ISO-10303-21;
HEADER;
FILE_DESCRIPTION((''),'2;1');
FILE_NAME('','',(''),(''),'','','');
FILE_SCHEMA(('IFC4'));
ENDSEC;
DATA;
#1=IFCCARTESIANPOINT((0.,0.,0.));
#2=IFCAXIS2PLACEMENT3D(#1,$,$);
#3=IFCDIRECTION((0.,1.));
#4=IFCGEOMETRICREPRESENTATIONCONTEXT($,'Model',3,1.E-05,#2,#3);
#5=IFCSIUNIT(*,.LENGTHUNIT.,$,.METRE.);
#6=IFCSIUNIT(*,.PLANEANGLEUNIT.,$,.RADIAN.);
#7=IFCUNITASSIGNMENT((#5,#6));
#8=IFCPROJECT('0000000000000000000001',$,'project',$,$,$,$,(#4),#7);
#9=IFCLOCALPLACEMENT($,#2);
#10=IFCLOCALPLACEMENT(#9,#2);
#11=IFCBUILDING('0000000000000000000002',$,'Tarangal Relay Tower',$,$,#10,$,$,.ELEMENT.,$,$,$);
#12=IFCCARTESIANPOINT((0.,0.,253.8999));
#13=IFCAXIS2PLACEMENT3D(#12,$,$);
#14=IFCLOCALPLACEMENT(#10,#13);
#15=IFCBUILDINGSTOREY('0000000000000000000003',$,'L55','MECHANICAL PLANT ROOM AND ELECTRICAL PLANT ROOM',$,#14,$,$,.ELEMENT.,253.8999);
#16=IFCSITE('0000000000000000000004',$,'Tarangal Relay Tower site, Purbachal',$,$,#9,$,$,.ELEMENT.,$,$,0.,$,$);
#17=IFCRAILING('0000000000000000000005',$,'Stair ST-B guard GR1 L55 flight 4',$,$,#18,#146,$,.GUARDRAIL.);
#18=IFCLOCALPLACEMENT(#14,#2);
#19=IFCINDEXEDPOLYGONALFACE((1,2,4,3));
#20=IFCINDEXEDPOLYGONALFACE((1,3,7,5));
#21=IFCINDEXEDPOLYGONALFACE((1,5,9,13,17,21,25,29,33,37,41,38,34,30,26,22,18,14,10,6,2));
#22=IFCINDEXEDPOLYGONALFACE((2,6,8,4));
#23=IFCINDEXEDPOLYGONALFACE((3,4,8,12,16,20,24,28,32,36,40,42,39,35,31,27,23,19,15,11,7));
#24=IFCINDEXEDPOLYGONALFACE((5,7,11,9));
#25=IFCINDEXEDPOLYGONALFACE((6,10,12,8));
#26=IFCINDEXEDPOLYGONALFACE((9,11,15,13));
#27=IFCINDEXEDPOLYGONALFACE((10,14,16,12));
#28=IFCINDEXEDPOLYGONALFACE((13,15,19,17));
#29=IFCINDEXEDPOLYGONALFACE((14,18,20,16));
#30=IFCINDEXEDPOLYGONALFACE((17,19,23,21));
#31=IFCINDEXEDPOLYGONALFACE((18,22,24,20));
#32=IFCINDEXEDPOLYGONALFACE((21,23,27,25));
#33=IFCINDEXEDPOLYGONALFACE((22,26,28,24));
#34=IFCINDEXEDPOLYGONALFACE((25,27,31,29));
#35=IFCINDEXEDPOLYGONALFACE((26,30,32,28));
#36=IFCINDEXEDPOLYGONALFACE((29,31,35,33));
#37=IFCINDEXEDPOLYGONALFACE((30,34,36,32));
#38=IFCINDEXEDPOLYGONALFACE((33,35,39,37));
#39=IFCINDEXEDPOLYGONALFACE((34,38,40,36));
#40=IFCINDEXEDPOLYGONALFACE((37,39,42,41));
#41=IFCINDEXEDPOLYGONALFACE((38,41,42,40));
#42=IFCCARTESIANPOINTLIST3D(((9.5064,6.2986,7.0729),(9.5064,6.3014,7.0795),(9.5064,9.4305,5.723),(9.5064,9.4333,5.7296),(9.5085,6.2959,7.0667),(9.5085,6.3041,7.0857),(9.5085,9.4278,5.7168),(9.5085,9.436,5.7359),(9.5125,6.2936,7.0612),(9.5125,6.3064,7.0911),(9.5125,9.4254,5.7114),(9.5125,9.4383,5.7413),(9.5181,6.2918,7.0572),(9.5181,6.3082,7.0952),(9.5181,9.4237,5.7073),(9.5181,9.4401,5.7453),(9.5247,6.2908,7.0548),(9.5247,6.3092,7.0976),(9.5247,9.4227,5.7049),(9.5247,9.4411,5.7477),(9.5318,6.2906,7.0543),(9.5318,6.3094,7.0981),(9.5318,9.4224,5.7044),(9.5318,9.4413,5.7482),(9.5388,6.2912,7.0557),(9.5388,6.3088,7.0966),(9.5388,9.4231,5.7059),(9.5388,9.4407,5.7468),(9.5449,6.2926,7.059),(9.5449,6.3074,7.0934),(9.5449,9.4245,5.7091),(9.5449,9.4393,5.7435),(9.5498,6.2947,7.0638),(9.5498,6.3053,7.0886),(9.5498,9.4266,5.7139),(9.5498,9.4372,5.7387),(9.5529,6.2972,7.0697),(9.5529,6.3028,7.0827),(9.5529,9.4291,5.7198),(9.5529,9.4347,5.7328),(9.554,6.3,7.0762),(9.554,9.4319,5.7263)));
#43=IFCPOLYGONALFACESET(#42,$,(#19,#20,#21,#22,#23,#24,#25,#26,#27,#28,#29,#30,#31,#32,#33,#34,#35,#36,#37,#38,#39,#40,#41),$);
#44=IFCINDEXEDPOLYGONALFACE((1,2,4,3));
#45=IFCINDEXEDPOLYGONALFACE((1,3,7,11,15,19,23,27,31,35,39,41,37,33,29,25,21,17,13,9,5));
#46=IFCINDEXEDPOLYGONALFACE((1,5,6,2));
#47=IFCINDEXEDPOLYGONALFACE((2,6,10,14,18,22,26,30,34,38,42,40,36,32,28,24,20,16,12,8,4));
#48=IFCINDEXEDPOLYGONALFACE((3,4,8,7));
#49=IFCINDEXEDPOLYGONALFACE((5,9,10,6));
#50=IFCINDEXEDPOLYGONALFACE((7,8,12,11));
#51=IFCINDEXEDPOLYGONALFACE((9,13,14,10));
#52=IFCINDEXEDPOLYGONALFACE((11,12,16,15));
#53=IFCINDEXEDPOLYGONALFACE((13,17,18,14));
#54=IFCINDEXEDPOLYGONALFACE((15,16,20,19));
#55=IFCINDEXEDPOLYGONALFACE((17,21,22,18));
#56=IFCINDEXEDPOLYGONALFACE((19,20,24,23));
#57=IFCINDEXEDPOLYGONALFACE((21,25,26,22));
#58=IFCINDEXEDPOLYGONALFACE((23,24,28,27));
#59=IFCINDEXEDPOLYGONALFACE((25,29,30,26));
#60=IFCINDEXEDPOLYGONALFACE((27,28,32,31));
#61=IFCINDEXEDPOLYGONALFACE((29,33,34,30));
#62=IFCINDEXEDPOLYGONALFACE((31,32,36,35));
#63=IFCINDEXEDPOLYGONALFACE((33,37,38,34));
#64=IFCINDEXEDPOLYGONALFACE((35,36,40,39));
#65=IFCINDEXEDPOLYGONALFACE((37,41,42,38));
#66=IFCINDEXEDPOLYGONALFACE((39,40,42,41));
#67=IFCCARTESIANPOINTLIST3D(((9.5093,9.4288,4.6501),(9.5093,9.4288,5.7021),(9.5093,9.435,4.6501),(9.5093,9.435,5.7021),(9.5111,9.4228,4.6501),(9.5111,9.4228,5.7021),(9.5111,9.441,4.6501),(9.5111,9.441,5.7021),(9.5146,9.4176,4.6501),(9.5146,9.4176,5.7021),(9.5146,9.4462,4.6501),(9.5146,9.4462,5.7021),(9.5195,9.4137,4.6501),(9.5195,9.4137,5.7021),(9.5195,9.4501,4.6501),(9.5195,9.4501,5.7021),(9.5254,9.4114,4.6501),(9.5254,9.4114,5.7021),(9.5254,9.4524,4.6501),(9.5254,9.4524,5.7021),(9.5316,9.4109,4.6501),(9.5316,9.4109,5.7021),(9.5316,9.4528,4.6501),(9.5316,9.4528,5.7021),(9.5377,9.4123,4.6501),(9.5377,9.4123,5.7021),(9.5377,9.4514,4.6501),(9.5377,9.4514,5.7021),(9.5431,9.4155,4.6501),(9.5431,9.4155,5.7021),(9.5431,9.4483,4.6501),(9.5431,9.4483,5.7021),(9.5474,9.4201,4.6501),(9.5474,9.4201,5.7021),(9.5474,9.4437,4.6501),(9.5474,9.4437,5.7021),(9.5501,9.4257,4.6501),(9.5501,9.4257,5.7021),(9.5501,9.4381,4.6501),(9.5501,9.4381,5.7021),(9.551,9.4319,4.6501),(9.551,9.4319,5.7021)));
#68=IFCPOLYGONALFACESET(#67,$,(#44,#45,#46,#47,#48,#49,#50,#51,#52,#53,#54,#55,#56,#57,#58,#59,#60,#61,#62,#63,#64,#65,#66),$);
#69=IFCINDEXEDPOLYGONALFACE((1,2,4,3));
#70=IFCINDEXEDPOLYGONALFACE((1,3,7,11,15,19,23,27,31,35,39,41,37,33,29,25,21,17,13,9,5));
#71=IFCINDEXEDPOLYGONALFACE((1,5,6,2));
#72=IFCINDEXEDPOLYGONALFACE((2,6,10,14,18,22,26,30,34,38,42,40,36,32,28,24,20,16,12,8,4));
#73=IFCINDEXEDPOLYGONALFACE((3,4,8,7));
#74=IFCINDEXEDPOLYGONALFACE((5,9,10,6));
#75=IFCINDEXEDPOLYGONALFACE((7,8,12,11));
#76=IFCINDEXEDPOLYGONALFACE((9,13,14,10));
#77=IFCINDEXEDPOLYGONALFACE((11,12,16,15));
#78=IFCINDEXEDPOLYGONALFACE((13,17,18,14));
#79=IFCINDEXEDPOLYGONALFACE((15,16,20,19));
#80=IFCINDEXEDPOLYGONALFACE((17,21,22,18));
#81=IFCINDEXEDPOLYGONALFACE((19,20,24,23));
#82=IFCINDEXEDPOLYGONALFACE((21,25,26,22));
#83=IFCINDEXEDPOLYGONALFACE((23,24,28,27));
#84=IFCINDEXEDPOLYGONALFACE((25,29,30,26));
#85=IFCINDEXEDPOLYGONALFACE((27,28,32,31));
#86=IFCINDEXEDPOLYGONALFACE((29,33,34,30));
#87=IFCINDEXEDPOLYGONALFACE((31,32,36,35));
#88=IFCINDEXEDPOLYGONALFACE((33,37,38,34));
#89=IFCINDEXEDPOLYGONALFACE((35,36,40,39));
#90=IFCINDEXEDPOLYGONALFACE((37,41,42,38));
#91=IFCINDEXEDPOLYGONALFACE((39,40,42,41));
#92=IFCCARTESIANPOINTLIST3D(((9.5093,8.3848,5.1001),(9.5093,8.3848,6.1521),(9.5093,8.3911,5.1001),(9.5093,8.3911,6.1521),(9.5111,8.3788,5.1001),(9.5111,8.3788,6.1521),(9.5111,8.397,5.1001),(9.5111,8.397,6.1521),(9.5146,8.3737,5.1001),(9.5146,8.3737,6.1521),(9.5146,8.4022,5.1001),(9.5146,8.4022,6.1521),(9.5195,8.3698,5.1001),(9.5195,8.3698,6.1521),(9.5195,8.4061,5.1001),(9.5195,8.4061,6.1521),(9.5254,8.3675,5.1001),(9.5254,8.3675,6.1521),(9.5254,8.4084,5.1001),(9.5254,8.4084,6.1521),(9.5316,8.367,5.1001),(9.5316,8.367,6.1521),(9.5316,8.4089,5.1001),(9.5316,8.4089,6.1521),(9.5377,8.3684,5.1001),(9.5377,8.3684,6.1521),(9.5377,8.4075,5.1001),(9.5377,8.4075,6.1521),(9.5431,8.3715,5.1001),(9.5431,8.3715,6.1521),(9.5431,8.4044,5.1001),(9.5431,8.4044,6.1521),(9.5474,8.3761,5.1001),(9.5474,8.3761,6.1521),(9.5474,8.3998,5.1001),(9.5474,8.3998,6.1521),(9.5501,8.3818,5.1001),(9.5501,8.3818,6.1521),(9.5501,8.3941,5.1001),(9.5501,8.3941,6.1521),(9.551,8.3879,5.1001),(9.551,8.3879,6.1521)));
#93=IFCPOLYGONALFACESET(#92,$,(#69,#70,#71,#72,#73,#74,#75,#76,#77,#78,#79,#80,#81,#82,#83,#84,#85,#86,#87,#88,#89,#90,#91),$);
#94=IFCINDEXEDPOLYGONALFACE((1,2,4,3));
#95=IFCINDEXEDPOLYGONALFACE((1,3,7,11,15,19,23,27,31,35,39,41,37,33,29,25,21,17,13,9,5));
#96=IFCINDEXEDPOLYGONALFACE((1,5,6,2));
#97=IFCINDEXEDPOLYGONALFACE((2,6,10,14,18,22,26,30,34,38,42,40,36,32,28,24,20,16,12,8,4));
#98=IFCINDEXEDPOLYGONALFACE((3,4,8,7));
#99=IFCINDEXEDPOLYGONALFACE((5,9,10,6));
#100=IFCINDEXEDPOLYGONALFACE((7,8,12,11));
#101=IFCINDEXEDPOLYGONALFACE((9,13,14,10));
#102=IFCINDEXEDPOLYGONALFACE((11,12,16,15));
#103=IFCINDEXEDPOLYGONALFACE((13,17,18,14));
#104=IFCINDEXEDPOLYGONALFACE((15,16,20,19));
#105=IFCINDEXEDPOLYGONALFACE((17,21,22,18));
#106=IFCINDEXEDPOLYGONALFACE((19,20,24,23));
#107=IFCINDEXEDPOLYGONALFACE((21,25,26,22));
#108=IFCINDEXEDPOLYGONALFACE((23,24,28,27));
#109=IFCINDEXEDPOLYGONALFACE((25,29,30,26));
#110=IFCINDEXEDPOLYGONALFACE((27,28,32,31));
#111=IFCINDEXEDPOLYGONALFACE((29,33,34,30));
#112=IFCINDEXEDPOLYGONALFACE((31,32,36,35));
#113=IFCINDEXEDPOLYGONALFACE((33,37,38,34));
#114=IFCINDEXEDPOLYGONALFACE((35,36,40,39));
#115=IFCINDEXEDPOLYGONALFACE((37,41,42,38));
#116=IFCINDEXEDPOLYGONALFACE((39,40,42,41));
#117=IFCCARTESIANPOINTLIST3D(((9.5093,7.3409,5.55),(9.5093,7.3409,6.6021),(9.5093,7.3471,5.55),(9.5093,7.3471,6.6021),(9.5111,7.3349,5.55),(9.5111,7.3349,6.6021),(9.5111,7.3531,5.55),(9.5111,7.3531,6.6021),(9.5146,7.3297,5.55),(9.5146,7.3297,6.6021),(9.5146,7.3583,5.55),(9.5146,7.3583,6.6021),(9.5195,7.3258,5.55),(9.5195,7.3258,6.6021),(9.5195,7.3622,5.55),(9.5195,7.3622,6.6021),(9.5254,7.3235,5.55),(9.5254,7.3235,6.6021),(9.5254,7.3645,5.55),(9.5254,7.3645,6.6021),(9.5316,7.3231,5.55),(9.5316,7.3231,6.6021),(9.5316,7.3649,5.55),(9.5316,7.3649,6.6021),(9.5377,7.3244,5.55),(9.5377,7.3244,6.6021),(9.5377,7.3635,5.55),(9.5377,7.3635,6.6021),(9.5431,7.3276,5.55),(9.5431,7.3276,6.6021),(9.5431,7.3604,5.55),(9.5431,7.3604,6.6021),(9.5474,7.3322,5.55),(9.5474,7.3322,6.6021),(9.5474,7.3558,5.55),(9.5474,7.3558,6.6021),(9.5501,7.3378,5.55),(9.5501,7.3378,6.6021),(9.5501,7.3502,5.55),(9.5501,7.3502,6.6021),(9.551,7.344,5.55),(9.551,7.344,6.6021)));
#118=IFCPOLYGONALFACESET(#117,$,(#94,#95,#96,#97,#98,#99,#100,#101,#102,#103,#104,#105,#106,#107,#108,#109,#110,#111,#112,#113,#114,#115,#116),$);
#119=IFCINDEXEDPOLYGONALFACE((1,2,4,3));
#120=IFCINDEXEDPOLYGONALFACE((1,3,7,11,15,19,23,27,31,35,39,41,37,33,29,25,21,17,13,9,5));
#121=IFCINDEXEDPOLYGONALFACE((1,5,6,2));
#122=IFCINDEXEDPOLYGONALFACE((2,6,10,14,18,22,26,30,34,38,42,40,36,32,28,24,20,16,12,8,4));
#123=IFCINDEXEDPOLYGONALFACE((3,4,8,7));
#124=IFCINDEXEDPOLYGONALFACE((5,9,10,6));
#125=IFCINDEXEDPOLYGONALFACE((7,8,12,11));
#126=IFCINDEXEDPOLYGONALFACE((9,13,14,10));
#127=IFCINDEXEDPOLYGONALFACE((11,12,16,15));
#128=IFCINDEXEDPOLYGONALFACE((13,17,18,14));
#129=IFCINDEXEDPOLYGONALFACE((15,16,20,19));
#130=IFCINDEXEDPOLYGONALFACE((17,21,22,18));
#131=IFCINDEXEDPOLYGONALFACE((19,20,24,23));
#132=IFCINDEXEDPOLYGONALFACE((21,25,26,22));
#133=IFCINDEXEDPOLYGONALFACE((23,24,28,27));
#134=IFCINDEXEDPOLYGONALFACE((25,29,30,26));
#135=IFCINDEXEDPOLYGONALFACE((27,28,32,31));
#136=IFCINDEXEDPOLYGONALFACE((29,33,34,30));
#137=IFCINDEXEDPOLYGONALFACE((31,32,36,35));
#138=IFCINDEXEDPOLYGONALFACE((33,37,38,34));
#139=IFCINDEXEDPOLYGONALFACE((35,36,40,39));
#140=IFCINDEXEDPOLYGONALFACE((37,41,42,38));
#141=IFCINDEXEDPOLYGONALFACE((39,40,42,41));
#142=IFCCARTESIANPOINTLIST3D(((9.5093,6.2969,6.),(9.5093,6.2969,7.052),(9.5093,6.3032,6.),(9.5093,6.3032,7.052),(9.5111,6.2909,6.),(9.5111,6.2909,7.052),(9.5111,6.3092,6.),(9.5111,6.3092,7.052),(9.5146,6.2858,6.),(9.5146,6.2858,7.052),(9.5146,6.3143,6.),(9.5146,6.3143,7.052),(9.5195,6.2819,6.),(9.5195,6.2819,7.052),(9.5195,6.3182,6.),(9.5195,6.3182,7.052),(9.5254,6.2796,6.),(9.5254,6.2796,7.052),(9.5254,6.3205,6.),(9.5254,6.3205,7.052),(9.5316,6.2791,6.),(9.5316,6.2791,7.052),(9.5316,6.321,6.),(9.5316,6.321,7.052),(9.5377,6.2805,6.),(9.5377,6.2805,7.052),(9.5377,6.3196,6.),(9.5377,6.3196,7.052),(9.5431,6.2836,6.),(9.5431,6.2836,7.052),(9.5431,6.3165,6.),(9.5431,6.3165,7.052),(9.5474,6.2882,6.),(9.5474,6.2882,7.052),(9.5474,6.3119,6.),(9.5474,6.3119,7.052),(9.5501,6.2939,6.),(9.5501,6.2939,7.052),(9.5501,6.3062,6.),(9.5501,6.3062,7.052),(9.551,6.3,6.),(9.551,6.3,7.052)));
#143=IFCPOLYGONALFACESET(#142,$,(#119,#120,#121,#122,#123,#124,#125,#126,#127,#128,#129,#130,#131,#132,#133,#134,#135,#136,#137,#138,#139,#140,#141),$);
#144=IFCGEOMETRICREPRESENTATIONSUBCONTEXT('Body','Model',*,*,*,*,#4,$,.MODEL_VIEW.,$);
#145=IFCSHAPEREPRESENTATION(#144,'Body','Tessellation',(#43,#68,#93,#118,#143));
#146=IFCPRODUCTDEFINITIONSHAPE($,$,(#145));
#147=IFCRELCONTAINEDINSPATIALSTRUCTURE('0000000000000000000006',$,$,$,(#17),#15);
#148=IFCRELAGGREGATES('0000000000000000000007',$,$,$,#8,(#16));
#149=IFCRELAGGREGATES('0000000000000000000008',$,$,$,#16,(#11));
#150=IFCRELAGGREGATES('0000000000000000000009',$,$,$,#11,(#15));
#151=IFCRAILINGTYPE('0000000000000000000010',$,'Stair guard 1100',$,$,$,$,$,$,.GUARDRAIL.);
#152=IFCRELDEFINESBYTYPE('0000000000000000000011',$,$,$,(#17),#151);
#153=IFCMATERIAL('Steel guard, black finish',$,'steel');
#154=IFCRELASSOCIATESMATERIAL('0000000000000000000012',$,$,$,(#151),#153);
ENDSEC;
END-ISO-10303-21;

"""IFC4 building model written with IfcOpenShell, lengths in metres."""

from ifc_helpers import new_model, si_unit, direction, frame, origin, origin_2d, place, context, subcontext, project, spatial, circle, extrude, material, type_object, element, save


model = new_model("IFC4")

# Units and contexts
model_context = context("Model", 3, precision=1e-05, world=origin(), true_north=direction((0.0, 1.0)))
body_context = subcontext(model_context, "Body", "Model", "MODEL_VIEW")
ifc_project = project(units=[si_unit("LENGTHUNIT", "METRE"), si_unit("PLANEANGLEUNIT", "RADIAN")], contexts=[model_context])

# Site, building, storey
site_placement = place(None, origin())
site = spatial("IfcSite", under=ifc_project, at=site_placement, Name="Tarangal Relay Tower site, Purbachal", CompositionType="ELEMENT", RefElevation=0.0)
building_placement = place(site_placement, origin())
building = spatial("IfcBuilding", under=site, at=building_placement, Name="Tarangal Relay Tower", CompositionType="ELEMENT")
storey_placement = place(building_placement, frame((0.0, 0.0, 253.8999)))
storey = spatial("IfcBuildingStorey", under=building, at=storey_placement, Name="L55", Description="MECHANICAL PLANT ROOM AND ELECTRICAL PLANT ROOM", CompositionType="ELEMENT", Elevation=253.8999)

# Railing
ifc_material_1 = material(Name="Steel guard, black finish", Category="steel")
railing_type_1 = type_object("IfcRailingType", Name="Stair guard 1100", PredefinedType="GUARDRAIL", material=ifc_material_1)
railing_placement = place(storey_placement, frame((9.53, 9.4319, 4.6501)))
element("IfcRailing", 1, at=railing_placement, inside=storey, type_object=railing_type_1, Name="Stair ST-B guard GR1 L55 flight 4", PredefinedType="GUARDRAIL", context=body_context, shape_type="SweptSolid", body=[
    extrude(circle(Radius=0.0239, at=origin_2d()), frame((0.0, 0.0, 1.0762), z_axis=(0.0, -0.918332, 0.395811), x_axis=(1.0, 0.0, 0.0)), (0.0, 0.0, 1.0), 3.4104),
    extrude(circle(Radius=0.021, at=origin_2d()), origin(), (0.0, 0.0, 1.0), 1.052),
    extrude(circle(Radius=0.021, at=origin_2d()), frame((0.0, -1.0439, 0.45)), (0.0, 0.0, 1.0), 1.052),
    extrude(circle(Radius=0.021, at=origin_2d()), frame((0.0, -2.0879, 0.8999)), (0.0, 0.0, 1.0), 1.052),
    extrude(circle(Radius=0.021, at=origin_2d()), frame((0.0, -3.1318, 1.3499)), (0.0, 0.0, 1.0), 1.052),
])

save(model, "model.ifc")
